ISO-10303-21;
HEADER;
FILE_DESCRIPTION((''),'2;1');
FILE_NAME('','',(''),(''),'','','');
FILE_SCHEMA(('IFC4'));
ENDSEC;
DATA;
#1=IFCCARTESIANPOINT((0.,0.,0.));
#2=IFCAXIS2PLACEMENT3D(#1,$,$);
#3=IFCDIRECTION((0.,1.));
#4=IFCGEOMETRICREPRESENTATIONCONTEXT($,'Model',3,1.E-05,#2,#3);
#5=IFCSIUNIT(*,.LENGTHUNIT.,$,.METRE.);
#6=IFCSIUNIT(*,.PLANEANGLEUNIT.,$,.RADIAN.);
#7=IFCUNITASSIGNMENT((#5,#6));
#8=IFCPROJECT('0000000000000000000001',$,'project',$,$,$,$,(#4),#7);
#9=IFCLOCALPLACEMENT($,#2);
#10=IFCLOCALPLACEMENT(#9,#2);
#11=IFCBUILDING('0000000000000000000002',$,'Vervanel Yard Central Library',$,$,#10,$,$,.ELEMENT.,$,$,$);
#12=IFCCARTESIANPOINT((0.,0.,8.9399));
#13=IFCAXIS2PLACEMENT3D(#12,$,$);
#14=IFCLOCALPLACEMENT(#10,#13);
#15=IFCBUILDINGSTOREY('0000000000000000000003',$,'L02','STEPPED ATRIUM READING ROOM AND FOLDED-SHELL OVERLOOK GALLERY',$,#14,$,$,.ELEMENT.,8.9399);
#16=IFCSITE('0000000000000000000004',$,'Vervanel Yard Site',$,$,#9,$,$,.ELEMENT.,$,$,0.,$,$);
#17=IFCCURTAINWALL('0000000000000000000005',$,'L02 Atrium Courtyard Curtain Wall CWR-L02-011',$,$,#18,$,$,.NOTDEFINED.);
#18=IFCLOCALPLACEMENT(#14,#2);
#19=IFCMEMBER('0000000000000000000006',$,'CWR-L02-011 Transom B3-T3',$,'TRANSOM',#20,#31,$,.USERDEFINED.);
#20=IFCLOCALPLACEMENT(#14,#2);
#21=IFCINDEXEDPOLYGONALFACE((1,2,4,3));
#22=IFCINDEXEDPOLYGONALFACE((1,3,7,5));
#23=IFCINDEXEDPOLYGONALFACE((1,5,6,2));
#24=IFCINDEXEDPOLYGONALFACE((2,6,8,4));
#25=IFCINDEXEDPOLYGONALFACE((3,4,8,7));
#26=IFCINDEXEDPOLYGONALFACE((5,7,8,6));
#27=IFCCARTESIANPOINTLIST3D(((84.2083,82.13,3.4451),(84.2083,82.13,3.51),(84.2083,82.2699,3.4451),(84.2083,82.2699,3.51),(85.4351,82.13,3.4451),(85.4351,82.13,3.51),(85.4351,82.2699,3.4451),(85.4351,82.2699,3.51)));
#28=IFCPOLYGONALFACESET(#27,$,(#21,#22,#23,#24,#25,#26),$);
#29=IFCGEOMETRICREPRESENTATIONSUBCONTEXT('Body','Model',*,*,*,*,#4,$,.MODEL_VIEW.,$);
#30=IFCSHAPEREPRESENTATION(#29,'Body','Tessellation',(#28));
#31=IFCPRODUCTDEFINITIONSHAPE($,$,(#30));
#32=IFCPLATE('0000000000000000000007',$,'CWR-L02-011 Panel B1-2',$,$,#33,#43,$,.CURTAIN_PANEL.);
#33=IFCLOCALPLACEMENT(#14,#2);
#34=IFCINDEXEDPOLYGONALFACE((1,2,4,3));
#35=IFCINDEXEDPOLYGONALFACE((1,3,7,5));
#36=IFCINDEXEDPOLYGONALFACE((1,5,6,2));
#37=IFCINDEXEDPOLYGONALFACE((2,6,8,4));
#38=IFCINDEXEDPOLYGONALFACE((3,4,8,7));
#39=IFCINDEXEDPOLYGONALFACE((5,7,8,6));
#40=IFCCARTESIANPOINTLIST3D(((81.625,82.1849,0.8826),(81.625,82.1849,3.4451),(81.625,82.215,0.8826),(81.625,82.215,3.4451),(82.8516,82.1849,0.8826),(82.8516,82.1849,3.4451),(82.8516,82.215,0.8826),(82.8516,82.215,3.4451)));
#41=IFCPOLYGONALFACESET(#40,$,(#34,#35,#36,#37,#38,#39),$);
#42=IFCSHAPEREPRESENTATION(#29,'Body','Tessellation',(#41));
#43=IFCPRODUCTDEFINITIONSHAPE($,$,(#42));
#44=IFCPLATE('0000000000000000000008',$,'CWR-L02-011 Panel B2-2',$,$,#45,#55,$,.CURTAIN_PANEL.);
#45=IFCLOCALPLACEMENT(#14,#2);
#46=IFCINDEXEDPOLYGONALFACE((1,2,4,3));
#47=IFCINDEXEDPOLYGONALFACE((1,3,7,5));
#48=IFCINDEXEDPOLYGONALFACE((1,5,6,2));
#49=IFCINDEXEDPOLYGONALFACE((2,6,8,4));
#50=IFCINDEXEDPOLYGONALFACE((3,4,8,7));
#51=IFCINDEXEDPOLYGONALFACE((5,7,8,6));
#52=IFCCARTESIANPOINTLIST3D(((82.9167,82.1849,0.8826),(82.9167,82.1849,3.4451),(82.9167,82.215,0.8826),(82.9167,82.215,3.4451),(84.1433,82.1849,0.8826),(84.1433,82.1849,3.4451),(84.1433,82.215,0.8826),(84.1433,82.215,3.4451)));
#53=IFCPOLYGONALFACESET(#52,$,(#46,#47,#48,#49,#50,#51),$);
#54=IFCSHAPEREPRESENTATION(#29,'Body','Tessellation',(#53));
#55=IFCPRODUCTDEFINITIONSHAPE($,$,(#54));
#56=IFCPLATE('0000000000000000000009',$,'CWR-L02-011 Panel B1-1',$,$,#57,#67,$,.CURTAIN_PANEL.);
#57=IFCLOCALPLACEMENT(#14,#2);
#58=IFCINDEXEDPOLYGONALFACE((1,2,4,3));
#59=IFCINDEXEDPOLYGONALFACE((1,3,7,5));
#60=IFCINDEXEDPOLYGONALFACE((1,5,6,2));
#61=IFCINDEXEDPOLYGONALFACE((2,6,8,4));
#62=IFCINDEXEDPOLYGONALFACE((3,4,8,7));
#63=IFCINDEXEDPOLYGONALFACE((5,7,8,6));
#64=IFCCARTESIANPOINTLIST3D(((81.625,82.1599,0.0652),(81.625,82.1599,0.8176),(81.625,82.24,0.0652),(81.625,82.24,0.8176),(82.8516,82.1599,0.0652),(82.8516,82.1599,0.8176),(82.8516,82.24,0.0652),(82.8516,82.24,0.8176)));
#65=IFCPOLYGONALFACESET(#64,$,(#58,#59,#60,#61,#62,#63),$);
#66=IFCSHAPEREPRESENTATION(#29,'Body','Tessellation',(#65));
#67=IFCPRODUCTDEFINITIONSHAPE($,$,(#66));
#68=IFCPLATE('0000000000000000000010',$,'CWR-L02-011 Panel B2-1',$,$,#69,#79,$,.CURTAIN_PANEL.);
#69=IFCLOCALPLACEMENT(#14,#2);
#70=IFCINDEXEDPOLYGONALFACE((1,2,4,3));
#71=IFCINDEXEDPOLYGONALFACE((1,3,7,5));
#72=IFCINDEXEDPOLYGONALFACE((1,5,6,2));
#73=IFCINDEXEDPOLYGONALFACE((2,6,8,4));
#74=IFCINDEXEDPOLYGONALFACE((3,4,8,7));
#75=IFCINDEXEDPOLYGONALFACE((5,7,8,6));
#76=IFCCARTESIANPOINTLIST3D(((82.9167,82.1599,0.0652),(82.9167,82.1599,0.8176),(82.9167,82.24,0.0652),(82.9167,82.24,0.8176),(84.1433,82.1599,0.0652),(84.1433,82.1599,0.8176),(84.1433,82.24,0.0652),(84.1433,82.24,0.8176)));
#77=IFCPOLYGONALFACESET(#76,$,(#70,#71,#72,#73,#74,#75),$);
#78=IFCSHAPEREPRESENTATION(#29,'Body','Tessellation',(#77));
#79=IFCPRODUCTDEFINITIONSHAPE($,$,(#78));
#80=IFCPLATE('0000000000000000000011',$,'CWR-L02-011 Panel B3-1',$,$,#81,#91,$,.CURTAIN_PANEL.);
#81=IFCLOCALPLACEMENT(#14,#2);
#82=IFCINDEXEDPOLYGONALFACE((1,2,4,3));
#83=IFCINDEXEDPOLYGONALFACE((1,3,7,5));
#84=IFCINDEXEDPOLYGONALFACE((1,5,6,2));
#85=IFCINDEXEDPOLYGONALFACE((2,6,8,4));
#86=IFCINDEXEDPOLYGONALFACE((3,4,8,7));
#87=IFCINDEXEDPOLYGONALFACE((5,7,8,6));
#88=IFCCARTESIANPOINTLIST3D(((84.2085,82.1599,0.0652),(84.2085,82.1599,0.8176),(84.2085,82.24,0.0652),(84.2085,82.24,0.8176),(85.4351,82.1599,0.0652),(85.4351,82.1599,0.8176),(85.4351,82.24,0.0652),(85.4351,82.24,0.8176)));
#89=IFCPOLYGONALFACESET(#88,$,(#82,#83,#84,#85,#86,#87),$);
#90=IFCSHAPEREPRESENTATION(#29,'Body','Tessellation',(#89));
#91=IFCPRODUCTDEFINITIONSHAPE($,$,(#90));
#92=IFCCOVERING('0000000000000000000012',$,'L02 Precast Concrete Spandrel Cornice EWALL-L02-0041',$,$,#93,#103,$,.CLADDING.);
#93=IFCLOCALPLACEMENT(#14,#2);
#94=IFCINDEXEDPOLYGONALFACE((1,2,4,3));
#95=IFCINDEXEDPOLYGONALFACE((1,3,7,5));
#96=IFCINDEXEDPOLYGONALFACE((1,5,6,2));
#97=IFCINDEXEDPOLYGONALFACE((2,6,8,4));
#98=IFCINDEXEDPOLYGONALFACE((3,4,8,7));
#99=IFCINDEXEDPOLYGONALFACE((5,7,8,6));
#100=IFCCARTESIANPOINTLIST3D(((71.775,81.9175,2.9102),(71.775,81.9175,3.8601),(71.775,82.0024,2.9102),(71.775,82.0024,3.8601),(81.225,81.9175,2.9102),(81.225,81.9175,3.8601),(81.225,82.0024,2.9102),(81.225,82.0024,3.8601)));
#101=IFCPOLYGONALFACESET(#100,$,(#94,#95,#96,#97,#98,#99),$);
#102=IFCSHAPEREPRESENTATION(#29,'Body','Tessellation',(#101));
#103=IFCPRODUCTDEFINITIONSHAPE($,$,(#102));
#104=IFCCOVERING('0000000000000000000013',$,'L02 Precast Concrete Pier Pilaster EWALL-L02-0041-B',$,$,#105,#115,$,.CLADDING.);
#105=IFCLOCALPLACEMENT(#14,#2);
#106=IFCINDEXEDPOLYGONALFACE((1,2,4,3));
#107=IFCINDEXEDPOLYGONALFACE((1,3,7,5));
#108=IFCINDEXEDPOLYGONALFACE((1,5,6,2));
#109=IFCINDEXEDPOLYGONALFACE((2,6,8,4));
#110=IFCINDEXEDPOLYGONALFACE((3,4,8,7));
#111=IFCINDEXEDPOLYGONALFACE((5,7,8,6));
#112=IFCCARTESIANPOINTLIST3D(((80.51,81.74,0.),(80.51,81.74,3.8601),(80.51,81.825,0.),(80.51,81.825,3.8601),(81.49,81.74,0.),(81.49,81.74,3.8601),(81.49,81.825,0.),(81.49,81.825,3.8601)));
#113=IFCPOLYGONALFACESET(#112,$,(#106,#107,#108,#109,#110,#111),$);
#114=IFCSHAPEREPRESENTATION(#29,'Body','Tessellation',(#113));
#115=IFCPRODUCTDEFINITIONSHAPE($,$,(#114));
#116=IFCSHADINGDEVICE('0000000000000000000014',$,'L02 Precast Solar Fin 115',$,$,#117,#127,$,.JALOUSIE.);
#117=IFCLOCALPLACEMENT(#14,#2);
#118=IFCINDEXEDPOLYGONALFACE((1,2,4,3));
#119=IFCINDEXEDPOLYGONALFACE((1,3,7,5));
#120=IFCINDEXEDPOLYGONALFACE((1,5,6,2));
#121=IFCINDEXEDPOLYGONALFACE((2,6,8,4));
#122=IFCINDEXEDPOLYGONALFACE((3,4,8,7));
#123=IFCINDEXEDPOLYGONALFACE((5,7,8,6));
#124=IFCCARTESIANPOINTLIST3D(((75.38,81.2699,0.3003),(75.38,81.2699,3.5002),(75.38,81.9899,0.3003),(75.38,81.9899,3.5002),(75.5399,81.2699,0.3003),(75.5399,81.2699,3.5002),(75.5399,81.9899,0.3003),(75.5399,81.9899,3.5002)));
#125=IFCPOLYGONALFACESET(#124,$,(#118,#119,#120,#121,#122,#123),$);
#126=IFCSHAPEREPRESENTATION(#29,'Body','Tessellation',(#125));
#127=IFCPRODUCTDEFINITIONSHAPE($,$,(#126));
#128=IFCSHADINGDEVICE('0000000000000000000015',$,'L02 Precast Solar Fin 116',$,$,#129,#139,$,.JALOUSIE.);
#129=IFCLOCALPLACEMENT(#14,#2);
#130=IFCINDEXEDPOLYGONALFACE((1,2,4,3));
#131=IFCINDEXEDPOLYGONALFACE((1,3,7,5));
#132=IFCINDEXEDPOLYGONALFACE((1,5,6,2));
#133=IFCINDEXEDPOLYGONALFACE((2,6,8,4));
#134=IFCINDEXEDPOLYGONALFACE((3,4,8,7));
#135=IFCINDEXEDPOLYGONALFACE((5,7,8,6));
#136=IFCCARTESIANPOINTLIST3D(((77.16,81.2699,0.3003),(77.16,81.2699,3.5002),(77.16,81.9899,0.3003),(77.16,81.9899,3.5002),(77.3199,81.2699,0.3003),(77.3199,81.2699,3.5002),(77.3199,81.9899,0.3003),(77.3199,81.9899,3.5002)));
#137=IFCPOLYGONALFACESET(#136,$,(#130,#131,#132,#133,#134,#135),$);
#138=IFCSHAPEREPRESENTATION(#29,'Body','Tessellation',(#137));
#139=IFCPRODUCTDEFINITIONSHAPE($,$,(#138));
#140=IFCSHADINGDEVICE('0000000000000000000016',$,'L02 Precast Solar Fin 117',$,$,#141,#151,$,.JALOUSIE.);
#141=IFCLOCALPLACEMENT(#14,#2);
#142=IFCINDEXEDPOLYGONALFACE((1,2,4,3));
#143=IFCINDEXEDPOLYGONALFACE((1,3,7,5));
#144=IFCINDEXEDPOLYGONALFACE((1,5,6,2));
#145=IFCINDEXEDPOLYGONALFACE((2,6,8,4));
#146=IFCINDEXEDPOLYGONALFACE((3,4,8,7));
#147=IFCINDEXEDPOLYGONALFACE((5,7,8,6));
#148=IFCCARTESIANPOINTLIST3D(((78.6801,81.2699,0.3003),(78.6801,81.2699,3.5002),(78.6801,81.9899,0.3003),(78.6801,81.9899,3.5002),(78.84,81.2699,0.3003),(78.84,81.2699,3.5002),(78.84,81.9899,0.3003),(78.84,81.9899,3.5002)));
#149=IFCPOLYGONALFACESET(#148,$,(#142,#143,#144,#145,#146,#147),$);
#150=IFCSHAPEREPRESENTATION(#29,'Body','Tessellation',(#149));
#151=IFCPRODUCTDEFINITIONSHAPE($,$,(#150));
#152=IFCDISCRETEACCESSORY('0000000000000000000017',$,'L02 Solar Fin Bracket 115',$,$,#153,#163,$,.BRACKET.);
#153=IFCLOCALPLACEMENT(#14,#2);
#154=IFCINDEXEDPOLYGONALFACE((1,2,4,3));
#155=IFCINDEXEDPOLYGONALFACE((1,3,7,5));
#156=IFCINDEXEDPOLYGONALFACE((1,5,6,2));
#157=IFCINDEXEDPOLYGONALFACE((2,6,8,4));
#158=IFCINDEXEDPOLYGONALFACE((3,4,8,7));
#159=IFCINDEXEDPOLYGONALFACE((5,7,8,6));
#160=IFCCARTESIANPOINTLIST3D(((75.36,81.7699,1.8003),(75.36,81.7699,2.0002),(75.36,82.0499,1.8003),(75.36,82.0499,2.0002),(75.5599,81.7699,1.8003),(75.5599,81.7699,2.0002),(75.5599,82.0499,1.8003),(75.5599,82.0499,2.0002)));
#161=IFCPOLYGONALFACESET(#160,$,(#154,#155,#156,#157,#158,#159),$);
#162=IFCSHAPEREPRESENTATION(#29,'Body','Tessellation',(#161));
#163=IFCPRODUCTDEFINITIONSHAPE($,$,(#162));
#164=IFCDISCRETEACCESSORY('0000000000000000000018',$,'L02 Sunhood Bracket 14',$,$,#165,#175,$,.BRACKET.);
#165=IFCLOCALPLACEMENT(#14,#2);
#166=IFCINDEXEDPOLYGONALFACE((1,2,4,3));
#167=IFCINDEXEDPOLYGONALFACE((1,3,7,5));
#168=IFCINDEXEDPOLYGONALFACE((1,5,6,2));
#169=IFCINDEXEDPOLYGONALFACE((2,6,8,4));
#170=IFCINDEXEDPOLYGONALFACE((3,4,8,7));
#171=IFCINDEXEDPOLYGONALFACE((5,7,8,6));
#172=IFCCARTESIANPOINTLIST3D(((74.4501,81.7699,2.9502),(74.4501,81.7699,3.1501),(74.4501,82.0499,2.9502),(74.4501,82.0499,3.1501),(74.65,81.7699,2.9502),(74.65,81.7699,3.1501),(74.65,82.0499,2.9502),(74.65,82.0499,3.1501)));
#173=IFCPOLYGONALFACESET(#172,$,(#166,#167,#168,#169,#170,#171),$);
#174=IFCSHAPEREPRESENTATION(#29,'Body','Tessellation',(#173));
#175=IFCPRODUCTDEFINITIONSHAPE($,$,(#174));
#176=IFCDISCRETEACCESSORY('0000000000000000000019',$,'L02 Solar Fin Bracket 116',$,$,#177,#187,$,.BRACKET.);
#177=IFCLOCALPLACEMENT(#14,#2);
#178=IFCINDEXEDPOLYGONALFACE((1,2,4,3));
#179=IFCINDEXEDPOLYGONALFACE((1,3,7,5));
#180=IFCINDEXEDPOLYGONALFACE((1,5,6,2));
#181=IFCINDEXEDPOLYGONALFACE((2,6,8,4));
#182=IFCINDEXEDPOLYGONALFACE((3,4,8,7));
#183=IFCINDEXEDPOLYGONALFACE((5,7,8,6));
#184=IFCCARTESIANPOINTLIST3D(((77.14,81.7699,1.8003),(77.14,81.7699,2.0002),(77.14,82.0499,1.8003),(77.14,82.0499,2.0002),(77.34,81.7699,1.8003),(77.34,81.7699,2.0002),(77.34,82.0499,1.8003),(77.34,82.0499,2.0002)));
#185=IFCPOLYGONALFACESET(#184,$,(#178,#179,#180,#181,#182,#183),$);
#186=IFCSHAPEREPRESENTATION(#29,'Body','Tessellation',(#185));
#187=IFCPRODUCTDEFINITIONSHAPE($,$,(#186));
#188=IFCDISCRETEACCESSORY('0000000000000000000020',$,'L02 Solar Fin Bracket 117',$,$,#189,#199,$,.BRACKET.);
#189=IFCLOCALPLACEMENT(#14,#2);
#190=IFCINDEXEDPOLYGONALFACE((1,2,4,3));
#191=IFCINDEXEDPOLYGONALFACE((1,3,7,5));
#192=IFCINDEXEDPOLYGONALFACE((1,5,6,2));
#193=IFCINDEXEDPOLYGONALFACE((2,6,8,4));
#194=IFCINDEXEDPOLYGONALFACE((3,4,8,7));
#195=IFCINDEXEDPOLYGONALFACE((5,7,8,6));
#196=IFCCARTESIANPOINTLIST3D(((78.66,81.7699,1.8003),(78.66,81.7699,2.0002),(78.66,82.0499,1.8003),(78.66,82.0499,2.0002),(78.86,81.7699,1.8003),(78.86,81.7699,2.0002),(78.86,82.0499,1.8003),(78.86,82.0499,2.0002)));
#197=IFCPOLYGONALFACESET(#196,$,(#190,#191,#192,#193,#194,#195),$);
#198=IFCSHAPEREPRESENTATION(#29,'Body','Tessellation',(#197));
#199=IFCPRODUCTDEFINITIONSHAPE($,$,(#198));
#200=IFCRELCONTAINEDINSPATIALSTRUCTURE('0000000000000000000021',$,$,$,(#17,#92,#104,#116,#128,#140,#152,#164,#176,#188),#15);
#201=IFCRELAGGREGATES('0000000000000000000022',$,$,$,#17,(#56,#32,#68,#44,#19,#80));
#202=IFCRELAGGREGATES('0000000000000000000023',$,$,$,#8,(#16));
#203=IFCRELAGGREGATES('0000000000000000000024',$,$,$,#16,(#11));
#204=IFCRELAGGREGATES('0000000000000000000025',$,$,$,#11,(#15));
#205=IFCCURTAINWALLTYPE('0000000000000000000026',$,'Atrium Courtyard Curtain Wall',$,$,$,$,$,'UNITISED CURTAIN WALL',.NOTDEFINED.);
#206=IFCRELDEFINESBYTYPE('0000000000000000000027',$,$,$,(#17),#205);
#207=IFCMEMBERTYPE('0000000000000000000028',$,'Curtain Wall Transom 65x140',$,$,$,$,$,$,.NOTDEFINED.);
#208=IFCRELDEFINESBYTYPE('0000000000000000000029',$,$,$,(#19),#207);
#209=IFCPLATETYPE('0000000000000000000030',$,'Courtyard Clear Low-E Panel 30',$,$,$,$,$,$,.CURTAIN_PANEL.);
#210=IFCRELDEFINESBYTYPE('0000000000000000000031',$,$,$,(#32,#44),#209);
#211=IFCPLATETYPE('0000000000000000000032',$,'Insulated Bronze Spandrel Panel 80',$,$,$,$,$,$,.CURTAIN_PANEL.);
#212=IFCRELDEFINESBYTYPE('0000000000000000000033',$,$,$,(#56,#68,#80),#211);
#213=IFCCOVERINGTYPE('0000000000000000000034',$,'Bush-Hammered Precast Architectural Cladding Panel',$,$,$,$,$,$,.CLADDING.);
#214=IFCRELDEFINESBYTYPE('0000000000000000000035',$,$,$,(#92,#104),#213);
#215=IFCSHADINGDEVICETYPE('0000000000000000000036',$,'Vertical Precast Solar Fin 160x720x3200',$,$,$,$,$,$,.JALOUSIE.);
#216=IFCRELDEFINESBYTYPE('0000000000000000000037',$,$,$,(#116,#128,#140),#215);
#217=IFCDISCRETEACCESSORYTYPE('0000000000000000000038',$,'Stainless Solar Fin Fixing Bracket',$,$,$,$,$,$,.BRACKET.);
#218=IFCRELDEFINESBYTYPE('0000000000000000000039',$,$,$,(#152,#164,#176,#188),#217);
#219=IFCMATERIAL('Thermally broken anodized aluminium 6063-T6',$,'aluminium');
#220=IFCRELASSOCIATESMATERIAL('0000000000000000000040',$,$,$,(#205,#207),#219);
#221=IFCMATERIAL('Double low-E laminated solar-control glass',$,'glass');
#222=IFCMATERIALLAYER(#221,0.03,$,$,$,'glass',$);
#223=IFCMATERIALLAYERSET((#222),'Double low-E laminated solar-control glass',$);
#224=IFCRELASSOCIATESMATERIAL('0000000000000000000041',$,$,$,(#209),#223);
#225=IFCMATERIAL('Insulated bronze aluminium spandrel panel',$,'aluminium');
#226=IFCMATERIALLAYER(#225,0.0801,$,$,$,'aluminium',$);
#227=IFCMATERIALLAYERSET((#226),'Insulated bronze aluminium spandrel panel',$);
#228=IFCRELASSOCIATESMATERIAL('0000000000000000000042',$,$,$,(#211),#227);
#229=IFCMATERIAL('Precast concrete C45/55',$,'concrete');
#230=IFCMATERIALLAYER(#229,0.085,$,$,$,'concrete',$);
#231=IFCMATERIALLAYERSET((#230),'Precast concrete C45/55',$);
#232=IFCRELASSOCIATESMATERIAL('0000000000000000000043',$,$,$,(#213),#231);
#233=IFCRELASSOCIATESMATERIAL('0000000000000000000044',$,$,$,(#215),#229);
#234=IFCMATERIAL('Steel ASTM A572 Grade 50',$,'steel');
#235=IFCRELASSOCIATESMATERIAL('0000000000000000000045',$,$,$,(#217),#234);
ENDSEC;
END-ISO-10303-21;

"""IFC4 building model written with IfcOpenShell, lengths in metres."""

from ifc_helpers import new_model, si_unit, direction, frame, origin, origin_2d, place, context, subcontext, project, spatial, rectangle, extrude, material, layer, layer_set, material_profile, profile_set, type_object, element, aggregate, save


model = new_model("IFC4")

# Units and contexts
model_context = context("Model", 3, precision=1e-05, world=origin(), true_north=direction((0.0, 1.0)))
body_context = subcontext(model_context, "Body", "Model", "MODEL_VIEW")
ifc_project = project(units=[si_unit("LENGTHUNIT", "METRE"), si_unit("PLANEANGLEUNIT", "RADIAN")], contexts=[model_context])

# Site, building, storey
site_placement = place(None, origin())
site = spatial("IfcSite", under=ifc_project, at=site_placement, Name="Vervanel Yard Site", CompositionType="ELEMENT", RefElevation=0.0)
building_placement = place(site_placement, origin())
building = spatial("IfcBuilding", under=site, at=building_placement, Name="Vervanel Yard Central Library", CompositionType="ELEMENT")
storey_placement = place(building_placement, frame((0.0, 0.0, 8.9399)))
storey = spatial("IfcBuildingStorey", under=building, at=storey_placement, Name="L02", Description="STEPPED ATRIUM READING ROOM AND FOLDED-SHELL OVERLOOK GALLERY", CompositionType="ELEMENT", Elevation=8.9399)

# Curtain wall, member, plates
ifc_material_1 = material(Name="Thermally broken anodized aluminium 6063-T6", Category="aluminium")
curtain_wall_type = type_object("IfcCurtainWallType", Name="Atrium Courtyard Curtain Wall", ElementType="UNITISED CURTAIN WALL", PredefinedType="NOTDEFINED", material=ifc_material_1)
curtain_wall_placement = place(storey_placement, origin())
curtain_wall = element("IfcCurtainWall", 1, at=curtain_wall_placement, inside=storey, type_object=curtain_wall_type, Name="L02 Atrium Courtyard Curtain Wall CWR-L02-011", PredefinedType="NOTDEFINED")
ifc_material_profile_1 = material_profile(ifc_material_1, rectangle(XDim=0.0649, YDim=0.1399, at=origin_2d()), Name="ALU 65x140", Category="aluminium")
ifc_profile_set_1 = profile_set([ifc_material_profile_1], Name="Thermally broken anodized aluminium 6063-T6")
member_type_1 = type_object("IfcMemberType", Name="Curtain Wall Transom 65x140", PredefinedType="NOTDEFINED", material=ifc_profile_set_1)
member_1_placement = place(storey_placement, frame((84.2083, 82.2, 3.4775), z_axis=(1.0, 0.0, 0.0), x_axis=(0.0, 0.0, 1.0)))
member_1 = element("IfcMember", 2, at=member_1_placement, type_object=member_type_1, Name="CWR-L02-011 Transom B3-T3", ObjectType="TRANSOM", PredefinedType="USERDEFINED", context=body_context, shape_type="SweptSolid", body=[
    extrude(rectangle(XDim=0.0649, YDim=0.1399, at=origin_2d()), origin(), (0.0, 0.0, 1.0), 1.2268),
])
ifc_material_2 = material(Name="Double low-E laminated solar-control glass", Category="glass")
ifc_layer_1 = layer(ifc_material_2, 0.03, Category="glass")
ifc_layer_set_1 = layer_set([ifc_layer_1], Name="Double low-E laminated solar-control glass")
plate_type_1 = type_object("IfcPlateType", Name="Courtyard Clear Low-E Panel 30", PredefinedType="CURTAIN_PANEL", material=ifc_layer_set_1)
plate_1_placement = place(storey_placement, frame((82.2383, 82.2, 0.8826), z_axis=(0.0, 0.0, 1.0), x_axis=(1.0, 0.0, 0.0)))
plate_1 = element("IfcPlate", 3, at=plate_1_placement, type_object=plate_type_1, Name="CWR-L02-011 Panel B1-2", PredefinedType="CURTAIN_PANEL", context=body_context, shape_type="SweptSolid", body=[
    extrude(rectangle(XDim=1.2266, YDim=0.03, at=origin_2d()), origin(), (0.0, 0.0, 1.0), 2.5625),
])
plate_2_placement = place(storey_placement, frame((83.53, 82.2, 0.8826), z_axis=(0.0, 0.0, 1.0), x_axis=(1.0, 0.0, 0.0)))
plate_2 = element("IfcPlate", 4, at=plate_2_placement, type_object=plate_type_1, Name="CWR-L02-011 Panel B2-2", PredefinedType="CURTAIN_PANEL", context=body_context, shape_type="SweptSolid", body=[
    extrude(rectangle(XDim=1.2266, YDim=0.03, at=origin_2d()), origin(), (0.0, 0.0, 1.0), 2.5625),
])
ifc_material_3 = material(Name="Insulated bronze aluminium spandrel panel", Category="aluminium")
ifc_layer_2 = layer(ifc_material_3, 0.0801, Category="aluminium")
ifc_layer_set_2 = layer_set([ifc_layer_2], Name="Insulated bronze aluminium spandrel panel")
plate_type_2 = type_object("IfcPlateType", Name="Insulated Bronze Spandrel Panel 80", PredefinedType="CURTAIN_PANEL", material=ifc_layer_set_2)
plate_3_placement = place(storey_placement, frame((82.2383, 82.2, 0.0652), z_axis=(0.0, 0.0, 1.0), x_axis=(1.0, 0.0, 0.0)))
plate_3 = element("IfcPlate", 5, at=plate_3_placement, type_object=plate_type_2, Name="CWR-L02-011 Panel B1-1", PredefinedType="CURTAIN_PANEL", context=body_context, shape_type="SweptSolid", body=[
    extrude(rectangle(XDim=1.2266, YDim=0.0801, at=origin_2d()), origin(), (0.0, 0.0, 1.0), 0.7524),
])
plate_4_placement = place(storey_placement, frame((83.53, 82.2, 0.0652), z_axis=(0.0, 0.0, 1.0), x_axis=(1.0, 0.0, 0.0)))
plate_4 = element("IfcPlate", 6, at=plate_4_placement, type_object=plate_type_2, Name="CWR-L02-011 Panel B2-1", PredefinedType="CURTAIN_PANEL", context=body_context, shape_type="SweptSolid", body=[
    extrude(rectangle(XDim=1.2266, YDim=0.0801, at=origin_2d()), origin(), (0.0, 0.0, 1.0), 0.7524),
])
plate_5_placement = place(storey_placement, frame((84.8218, 82.2, 0.0652), z_axis=(0.0, 0.0, 1.0), x_axis=(1.0, 0.0, 0.0)))
plate_5 = element("IfcPlate", 7, at=plate_5_placement, type_object=plate_type_2, Name="CWR-L02-011 Panel B3-1", PredefinedType="CURTAIN_PANEL", context=body_context, shape_type="SweptSolid", body=[
    extrude(rectangle(XDim=1.2266, YDim=0.0801, at=origin_2d()), origin(), (0.0, 0.0, 1.0), 0.7524),
])
aggregate(curtain_wall, [plate_3, plate_1, plate_4, plate_2, member_1, plate_5])

# Coverings
ifc_material_4 = material(Name="Precast concrete C45/55", Category="concrete")
ifc_layer_3 = layer(ifc_material_4, 0.085, Category="concrete")
ifc_layer_set_3 = layer_set([ifc_layer_3], Name="Precast concrete C45/55")
covering_type = type_object("IfcCoveringType", Name="Bush-Hammered Precast Architectural Cladding Panel", PredefinedType="CLADDING", material=ifc_layer_set_3)
covering_1_placement = place(storey_placement, frame((76.5, 81.96, 2.9102), z_axis=(0.0, 0.0, 1.0), x_axis=(1.0, 0.0, 0.0)))
element("IfcCovering", 8, at=covering_1_placement, inside=storey, type_object=covering_type, Name="L02 Precast Concrete Spandrel Cornice EWALL-L02-0041", PredefinedType="CLADDING", context=body_context, shape_type="SweptSolid", body=[
    extrude(rectangle(XDim=9.45, YDim=0.085, at=origin_2d()), origin(), (0.0, 0.0, 1.0), 0.95),
])
covering_2_placement = place(storey_placement, frame((81.0, 81.7825, 0.0), z_axis=(0.0, 0.0, 1.0), x_axis=(1.0, 0.0, 0.0)))
element("IfcCovering", 9, at=covering_2_placement, inside=storey, type_object=covering_type, Name="L02 Precast Concrete Pier Pilaster EWALL-L02-0041-B", PredefinedType="CLADDING", context=body_context, shape_type="SweptSolid", body=[
    extrude(rectangle(XDim=0.98, YDim=0.085, at=origin_2d()), origin(), (0.0, 0.0, 1.0), 3.8601),
])

# Shading devices
shading_device_type = type_object("IfcShadingDeviceType", Name="Vertical Precast Solar Fin 160x720x3200", PredefinedType="JALOUSIE", material=ifc_material_4)
for number, where, z_axis, x_axis, name in (
    (10, (75.46, 81.6299, 0.3003), (0.0, 0.0, 1.0), (1.0, 0.0, 0.0), "L02 Precast Solar Fin 115"),
    (11, (77.24, 81.6299, 0.3003), (0.0, 0.0, 1.0), (1.0, 0.0, 0.0), "L02 Precast Solar Fin 116"),
    (12, (78.76, 81.6299, 0.3003), (0.0, 0.0, 1.0), (1.0, 0.0, 0.0), "L02 Precast Solar Fin 117"),
):
    element("IfcShadingDevice", number, at=place(storey_placement, frame(where, z_axis=z_axis, x_axis=x_axis)), inside=storey, type_object=shading_device_type, Name=name, PredefinedType="JALOUSIE", context=body_context, shape_type="SweptSolid", body=[
        extrude(rectangle(XDim=0.1599, YDim=0.72, at=origin_2d()), origin(), (0.0, 0.0, 1.0), 3.2),
    ])

# Discrete accessories
ifc_material_5 = material(Name="Steel ASTM A572 Grade 50", Category="steel")
discrete_accessory_type = type_object("IfcDiscreteAccessoryType", Name="Stainless Solar Fin Fixing Bracket", PredefinedType="BRACKET", material=ifc_material_5)
for number, where, z_axis, x_axis, name in (
    (13, (75.46, 81.9099, 1.8003), (0.0, 0.0, 1.0), (1.0, 0.0, 0.0), "L02 Solar Fin Bracket 115"),
    (14, (74.55, 81.9099, 2.9502), (0.0, 0.0, 1.0), (1.0, 0.0, 0.0), "L02 Sunhood Bracket 14"),
    (15, (77.24, 81.9099, 1.8003), (0.0, 0.0, 1.0), (1.0, 0.0, 0.0), "L02 Solar Fin Bracket 116"),
    (16, (78.76, 81.9099, 1.8003), (0.0, 0.0, 1.0), (1.0, 0.0, 0.0), "L02 Solar Fin Bracket 117"),
):
    element("IfcDiscreteAccessory", number, at=place(storey_placement, frame(where, z_axis=z_axis, x_axis=x_axis)), inside=storey, type_object=discrete_accessory_type, Name=name, PredefinedType="BRACKET", context=body_context, shape_type="SweptSolid", body=[
        extrude(rectangle(XDim=0.2, YDim=0.28, at=origin_2d()), origin(), (0.0, 0.0, 1.0), 0.2),
    ])

save(model, "model.ifc")
